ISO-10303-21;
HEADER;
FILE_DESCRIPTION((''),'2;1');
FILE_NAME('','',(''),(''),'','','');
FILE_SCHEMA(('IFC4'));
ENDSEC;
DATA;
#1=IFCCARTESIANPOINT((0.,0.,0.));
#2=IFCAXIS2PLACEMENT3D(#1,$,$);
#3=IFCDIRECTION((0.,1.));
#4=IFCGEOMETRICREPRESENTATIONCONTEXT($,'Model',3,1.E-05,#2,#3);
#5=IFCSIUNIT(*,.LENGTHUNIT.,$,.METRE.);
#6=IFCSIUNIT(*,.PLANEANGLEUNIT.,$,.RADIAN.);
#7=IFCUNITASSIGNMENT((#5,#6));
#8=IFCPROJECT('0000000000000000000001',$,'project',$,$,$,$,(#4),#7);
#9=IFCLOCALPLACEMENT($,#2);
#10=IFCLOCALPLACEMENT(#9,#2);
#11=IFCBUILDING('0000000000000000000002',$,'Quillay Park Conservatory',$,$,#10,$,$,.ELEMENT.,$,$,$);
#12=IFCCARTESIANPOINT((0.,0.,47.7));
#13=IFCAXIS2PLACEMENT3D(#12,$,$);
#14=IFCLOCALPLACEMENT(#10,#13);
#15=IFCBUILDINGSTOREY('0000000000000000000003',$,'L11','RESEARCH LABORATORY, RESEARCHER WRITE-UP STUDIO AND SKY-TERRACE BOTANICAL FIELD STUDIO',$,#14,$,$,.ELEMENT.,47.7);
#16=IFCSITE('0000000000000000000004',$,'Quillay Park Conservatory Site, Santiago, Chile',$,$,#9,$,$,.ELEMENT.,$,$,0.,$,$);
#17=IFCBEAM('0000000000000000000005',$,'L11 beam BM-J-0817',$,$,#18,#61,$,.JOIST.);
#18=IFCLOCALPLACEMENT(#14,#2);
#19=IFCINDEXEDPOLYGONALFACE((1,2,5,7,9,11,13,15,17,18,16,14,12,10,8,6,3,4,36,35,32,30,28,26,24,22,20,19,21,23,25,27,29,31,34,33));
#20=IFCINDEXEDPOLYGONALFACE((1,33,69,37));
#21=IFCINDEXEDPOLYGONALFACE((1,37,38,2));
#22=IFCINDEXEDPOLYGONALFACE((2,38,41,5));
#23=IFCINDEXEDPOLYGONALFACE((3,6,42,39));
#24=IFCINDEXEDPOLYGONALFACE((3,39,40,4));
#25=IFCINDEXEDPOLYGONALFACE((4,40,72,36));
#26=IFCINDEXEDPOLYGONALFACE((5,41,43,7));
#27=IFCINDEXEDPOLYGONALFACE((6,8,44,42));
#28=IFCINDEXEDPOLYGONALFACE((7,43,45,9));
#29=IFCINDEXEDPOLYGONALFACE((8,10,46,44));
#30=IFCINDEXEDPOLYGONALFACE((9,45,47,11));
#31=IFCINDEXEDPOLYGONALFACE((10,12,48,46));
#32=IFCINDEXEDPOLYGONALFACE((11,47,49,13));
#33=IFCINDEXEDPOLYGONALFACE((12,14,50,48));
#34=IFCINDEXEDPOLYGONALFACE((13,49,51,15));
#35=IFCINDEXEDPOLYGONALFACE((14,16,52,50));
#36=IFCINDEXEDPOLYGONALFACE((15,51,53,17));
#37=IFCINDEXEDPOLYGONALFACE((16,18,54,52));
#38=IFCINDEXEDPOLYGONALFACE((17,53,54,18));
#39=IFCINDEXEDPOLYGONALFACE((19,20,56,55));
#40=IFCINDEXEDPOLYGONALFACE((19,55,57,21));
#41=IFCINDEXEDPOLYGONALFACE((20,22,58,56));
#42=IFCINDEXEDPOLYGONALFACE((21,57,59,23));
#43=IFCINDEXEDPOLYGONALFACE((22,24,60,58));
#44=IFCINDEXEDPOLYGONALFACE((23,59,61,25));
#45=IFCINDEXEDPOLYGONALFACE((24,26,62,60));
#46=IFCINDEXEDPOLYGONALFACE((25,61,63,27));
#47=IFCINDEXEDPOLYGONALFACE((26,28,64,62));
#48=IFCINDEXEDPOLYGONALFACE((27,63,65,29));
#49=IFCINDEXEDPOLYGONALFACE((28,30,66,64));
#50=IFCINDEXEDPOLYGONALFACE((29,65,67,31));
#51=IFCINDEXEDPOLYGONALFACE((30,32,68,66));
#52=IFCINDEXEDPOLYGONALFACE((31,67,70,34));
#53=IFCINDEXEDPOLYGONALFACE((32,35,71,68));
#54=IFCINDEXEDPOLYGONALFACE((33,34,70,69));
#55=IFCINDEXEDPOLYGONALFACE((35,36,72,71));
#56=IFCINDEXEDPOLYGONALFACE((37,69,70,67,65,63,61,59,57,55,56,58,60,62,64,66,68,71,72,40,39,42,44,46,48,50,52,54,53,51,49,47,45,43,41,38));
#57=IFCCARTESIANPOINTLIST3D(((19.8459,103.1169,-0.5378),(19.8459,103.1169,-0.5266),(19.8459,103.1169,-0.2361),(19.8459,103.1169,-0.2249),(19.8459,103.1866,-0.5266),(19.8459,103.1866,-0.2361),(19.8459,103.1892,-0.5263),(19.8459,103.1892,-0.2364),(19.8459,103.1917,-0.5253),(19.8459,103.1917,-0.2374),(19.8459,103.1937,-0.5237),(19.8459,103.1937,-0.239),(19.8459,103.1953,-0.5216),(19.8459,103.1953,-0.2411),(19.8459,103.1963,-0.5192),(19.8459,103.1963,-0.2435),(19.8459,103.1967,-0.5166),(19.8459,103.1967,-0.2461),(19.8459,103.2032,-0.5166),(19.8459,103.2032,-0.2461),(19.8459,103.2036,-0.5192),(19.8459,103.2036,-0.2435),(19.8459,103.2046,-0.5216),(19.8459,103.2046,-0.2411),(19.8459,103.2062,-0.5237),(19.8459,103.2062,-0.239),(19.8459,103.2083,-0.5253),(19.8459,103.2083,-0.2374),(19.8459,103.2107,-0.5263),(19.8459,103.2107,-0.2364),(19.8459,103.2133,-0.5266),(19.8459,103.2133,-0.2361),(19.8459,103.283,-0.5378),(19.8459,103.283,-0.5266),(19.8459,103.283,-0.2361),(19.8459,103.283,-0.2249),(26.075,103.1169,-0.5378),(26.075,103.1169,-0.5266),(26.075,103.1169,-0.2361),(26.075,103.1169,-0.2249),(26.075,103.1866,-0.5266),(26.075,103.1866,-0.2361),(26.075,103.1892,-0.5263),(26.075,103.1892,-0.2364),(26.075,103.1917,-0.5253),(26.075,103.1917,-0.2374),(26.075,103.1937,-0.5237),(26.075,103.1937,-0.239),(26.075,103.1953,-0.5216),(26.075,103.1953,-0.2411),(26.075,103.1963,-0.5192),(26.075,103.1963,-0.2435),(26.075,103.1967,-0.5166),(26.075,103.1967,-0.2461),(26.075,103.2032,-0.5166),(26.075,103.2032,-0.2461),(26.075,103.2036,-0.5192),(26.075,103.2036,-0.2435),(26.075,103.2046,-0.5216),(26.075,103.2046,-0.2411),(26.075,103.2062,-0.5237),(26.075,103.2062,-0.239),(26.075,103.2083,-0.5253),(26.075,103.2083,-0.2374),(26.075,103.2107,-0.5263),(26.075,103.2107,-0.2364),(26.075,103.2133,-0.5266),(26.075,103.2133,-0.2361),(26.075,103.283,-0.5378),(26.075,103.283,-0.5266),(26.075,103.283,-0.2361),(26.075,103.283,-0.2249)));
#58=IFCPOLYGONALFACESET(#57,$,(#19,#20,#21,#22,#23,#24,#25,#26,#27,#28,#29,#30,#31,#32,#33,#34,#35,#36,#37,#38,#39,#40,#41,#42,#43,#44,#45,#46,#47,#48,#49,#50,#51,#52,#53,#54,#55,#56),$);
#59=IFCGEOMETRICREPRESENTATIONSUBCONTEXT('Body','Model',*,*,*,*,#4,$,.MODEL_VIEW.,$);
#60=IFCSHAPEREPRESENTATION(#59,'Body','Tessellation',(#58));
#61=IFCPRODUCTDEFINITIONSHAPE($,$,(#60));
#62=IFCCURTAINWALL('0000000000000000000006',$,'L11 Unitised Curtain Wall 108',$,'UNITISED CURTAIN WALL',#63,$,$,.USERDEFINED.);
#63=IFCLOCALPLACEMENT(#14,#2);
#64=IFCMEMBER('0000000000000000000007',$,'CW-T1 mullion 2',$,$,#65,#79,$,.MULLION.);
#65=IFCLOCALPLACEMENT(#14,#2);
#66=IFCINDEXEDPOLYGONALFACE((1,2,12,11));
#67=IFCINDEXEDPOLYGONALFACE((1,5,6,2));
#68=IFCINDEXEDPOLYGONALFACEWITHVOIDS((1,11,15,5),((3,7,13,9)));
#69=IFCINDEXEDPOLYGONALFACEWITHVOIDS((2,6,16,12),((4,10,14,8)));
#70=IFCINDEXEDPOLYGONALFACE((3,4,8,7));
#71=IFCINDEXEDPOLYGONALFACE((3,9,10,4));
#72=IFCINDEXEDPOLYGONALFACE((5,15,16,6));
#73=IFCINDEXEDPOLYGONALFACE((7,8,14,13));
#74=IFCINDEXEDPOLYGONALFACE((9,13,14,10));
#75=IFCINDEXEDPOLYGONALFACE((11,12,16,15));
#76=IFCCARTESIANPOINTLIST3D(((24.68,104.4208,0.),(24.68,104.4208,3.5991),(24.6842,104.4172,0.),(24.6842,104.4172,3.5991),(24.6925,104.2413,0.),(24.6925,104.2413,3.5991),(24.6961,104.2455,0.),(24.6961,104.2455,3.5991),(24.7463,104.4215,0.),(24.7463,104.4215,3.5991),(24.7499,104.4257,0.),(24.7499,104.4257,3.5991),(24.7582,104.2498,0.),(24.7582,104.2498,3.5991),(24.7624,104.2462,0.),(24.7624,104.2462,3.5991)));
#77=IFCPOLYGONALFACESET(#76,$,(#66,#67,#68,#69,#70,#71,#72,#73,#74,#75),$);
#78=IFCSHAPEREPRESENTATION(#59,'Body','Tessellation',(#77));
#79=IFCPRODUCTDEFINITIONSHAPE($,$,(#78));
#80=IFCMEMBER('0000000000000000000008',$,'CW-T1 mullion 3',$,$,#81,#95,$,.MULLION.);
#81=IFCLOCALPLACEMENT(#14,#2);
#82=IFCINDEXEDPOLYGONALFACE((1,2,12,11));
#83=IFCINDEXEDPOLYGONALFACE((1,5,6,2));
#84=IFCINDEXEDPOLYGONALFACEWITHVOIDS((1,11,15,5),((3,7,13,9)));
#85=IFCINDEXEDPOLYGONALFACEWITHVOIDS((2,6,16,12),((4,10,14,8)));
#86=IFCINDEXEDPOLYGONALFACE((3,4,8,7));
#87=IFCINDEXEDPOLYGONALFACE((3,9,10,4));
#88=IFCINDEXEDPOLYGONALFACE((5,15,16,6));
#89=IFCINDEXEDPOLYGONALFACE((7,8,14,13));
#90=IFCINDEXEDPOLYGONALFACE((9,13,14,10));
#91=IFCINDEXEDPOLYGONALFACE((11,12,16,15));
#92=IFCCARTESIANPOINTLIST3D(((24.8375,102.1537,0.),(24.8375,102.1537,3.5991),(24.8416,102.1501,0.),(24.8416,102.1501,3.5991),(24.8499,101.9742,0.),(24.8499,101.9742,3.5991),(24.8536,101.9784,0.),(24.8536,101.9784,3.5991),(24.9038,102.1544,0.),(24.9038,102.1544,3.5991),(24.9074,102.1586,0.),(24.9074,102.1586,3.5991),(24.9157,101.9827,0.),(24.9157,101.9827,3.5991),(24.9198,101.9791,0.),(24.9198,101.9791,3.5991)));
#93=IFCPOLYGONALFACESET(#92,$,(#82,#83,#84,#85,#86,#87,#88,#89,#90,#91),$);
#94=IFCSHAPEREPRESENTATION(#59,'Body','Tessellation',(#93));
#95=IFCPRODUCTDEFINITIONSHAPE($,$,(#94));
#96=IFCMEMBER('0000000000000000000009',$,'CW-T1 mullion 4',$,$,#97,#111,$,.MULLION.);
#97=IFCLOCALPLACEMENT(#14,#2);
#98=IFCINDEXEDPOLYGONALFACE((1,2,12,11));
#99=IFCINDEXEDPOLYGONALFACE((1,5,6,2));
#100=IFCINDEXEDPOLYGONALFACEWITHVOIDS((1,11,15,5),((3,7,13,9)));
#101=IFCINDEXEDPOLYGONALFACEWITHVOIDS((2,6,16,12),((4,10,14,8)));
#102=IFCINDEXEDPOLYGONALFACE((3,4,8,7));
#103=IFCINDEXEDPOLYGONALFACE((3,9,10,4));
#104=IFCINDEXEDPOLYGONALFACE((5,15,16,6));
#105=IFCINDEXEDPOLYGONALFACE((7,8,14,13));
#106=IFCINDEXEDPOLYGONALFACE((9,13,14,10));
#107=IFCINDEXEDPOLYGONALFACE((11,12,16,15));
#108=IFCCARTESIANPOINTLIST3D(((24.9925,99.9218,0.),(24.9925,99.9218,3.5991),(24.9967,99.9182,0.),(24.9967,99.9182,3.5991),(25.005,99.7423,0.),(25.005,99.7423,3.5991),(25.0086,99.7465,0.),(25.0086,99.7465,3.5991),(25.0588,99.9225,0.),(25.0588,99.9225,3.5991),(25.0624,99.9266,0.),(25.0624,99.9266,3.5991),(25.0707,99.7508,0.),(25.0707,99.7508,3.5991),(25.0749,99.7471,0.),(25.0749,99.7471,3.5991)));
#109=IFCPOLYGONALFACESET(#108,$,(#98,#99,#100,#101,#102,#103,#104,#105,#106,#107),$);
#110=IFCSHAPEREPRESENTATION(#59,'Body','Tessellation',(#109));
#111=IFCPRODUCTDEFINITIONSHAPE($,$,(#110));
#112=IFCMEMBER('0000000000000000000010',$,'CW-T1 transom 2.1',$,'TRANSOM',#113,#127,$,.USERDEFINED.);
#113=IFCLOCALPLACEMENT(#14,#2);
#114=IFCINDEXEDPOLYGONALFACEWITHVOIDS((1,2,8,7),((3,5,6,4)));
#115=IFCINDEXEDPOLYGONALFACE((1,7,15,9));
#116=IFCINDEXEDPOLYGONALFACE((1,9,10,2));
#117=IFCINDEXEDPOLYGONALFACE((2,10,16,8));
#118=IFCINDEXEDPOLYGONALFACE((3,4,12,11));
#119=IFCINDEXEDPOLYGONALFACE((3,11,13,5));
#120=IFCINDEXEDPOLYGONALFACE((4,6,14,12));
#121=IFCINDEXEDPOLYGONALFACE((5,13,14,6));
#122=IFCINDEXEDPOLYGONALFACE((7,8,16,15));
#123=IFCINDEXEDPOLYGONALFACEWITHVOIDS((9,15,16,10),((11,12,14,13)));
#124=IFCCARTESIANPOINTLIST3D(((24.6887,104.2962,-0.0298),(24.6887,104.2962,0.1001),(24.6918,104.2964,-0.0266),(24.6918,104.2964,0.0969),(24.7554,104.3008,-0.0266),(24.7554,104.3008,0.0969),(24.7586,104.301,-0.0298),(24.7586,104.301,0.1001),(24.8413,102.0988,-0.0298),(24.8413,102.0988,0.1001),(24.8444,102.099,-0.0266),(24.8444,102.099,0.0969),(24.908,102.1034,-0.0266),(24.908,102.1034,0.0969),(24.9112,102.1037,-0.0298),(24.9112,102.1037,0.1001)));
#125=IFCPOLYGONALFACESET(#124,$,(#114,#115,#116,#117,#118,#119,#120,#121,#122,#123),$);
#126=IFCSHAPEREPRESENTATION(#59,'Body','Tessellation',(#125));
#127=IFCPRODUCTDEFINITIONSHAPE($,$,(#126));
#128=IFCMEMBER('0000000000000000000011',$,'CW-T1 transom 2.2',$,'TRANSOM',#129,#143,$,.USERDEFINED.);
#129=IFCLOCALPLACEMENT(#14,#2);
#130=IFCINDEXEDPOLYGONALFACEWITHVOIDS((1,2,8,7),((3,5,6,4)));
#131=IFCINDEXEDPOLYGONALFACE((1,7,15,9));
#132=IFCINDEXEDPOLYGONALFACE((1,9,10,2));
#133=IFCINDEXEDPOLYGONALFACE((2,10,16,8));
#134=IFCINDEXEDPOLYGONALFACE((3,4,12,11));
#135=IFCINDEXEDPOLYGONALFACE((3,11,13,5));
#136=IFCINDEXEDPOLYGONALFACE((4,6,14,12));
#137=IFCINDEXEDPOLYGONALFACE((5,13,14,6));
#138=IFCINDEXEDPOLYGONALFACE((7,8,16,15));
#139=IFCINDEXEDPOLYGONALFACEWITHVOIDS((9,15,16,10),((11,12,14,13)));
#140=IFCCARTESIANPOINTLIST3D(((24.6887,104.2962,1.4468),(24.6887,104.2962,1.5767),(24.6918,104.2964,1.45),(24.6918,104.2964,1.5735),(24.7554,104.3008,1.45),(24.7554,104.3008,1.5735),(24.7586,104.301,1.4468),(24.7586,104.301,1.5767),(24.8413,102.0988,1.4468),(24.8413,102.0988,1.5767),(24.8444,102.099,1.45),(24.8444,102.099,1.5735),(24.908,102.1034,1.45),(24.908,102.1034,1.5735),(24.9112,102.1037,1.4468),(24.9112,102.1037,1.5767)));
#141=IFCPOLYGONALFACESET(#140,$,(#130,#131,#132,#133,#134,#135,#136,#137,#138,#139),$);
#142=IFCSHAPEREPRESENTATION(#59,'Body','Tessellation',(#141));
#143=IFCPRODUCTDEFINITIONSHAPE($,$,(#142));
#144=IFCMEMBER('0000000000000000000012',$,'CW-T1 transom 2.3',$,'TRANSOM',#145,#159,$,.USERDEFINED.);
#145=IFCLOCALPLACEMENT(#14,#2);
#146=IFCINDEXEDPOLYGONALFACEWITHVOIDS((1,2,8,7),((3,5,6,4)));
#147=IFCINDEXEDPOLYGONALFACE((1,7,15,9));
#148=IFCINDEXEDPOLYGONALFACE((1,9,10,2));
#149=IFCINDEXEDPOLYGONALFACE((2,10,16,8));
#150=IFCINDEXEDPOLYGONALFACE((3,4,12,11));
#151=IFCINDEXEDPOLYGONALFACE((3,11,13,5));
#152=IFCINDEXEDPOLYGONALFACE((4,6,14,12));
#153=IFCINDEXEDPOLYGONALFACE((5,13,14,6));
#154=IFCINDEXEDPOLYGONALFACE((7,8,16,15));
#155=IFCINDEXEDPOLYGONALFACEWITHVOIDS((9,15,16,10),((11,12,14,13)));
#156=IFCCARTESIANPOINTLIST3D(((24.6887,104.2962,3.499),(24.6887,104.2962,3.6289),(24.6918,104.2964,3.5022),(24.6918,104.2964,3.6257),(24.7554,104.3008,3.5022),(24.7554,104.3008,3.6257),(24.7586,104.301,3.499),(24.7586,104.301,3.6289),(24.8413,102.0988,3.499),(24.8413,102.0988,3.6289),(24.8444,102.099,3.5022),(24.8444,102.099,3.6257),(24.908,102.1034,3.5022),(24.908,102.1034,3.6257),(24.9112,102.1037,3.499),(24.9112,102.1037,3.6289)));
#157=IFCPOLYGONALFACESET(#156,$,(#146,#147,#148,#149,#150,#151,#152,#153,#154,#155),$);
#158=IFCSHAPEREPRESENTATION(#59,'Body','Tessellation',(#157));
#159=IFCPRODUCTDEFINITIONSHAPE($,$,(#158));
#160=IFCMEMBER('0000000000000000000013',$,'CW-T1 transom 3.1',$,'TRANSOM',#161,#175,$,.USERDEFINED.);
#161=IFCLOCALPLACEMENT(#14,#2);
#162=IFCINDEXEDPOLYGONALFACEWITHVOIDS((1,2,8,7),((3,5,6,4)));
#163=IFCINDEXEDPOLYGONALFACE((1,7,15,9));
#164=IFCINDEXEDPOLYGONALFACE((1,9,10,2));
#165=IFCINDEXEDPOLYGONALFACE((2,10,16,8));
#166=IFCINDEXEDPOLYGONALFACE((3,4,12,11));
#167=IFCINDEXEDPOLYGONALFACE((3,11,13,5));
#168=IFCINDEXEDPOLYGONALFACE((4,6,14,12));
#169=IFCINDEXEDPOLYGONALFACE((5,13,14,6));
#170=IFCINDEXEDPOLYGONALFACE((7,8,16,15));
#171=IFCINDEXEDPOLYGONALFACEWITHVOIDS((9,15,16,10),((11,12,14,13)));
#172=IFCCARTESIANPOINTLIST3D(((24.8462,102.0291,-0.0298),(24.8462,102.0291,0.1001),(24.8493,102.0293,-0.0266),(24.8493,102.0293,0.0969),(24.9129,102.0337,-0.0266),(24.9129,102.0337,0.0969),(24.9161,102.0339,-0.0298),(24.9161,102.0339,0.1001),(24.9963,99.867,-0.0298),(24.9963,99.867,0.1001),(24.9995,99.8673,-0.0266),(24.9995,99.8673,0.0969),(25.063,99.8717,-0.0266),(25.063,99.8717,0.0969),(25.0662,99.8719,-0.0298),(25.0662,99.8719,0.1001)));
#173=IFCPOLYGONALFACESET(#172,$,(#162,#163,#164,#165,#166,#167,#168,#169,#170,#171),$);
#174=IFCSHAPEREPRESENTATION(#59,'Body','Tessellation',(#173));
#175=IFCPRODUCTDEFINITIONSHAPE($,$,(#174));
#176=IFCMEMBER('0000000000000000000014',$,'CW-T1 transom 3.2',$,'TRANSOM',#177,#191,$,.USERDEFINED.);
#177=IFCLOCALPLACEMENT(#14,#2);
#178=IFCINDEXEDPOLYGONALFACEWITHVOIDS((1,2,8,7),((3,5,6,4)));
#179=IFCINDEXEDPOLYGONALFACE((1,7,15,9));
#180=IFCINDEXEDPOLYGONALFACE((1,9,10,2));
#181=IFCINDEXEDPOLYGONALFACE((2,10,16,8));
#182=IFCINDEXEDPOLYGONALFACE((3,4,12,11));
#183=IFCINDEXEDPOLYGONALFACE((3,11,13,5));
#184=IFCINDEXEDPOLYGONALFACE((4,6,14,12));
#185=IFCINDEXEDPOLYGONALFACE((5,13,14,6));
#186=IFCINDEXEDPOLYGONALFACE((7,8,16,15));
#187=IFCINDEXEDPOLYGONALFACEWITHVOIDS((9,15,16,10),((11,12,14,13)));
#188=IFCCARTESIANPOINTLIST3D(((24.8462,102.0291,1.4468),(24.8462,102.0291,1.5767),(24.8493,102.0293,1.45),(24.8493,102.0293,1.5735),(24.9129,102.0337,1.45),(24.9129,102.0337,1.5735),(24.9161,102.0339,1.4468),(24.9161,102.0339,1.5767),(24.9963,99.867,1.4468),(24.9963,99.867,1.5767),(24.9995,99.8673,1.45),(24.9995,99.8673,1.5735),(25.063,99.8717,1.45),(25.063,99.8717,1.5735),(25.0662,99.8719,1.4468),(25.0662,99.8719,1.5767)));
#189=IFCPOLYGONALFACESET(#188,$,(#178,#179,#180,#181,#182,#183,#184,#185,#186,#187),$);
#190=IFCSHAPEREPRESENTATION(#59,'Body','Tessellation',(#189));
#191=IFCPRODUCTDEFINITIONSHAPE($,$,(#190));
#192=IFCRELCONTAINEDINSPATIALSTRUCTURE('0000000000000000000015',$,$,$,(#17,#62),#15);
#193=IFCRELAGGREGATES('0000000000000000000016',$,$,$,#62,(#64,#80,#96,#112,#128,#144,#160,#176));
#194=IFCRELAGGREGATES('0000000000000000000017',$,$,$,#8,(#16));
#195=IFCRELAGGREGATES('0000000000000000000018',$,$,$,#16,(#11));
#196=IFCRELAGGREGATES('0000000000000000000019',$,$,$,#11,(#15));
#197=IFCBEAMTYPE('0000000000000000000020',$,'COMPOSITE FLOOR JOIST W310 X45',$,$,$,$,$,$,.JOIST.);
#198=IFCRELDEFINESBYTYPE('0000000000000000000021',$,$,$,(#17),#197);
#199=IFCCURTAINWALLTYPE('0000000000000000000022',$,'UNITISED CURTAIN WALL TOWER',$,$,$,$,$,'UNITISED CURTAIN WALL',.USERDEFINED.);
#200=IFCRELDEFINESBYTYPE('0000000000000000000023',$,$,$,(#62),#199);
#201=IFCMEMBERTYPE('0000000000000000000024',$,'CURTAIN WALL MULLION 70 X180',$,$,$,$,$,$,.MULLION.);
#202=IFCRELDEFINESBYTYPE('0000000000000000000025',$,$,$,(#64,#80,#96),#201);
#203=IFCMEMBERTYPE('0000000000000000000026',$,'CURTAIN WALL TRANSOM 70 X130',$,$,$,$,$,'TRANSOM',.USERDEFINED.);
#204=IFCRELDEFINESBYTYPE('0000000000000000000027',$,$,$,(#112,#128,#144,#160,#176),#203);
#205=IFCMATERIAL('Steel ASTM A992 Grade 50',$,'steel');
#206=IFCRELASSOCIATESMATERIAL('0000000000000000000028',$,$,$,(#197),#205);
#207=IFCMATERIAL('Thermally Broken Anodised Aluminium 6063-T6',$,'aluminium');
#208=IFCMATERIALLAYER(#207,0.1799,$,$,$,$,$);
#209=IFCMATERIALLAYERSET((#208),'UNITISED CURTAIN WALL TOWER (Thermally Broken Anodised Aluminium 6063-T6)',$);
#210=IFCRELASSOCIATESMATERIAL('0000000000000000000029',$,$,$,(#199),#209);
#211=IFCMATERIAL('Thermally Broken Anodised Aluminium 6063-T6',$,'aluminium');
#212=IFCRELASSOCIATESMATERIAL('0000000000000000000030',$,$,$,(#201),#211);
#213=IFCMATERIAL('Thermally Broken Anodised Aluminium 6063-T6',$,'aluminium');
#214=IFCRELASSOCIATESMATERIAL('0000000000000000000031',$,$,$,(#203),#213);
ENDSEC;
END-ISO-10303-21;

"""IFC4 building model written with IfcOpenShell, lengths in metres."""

from ifc_helpers import new_model, si_unit, direction, frame, origin, origin_2d, place, context, subcontext, project, spatial, hollow_rectangle, i_section, extrude, material, layer, layer_set, material_profile, profile_set, type_object, element, aggregate, save


model = new_model("IFC4")

# Units and contexts
model_context = context("Model", 3, precision=1e-05, world=origin(), true_north=direction((0.0, 1.0)))
body_context = subcontext(model_context, "Body", "Model", "MODEL_VIEW")
ifc_project = project(units=[si_unit("LENGTHUNIT", "METRE"), si_unit("PLANEANGLEUNIT", "RADIAN")], contexts=[model_context])

# Site, building, storey
site_placement = place(None, origin())
site = spatial("IfcSite", under=ifc_project, at=site_placement, Name="Quillay Park Conservatory Site, Santiago, Chile", CompositionType="ELEMENT", RefElevation=0.0)
building_placement = place(site_placement, origin())
building = spatial("IfcBuilding", under=site, at=building_placement, Name="Quillay Park Conservatory", CompositionType="ELEMENT")
storey_placement = place(building_placement, frame((0.0, 0.0, 47.7)))
storey = spatial("IfcBuildingStorey", under=building, at=storey_placement, Name="L11", Description="RESEARCH LABORATORY, RESEARCHER WRITE-UP STUDIO AND SKY-TERRACE BOTANICAL FIELD STUDIO", CompositionType="ELEMENT", Elevation=47.7)

# Beam
ifc_material_1 = material(Name="Steel ASTM A992 Grade 50", Category="steel")
ifc_material_profile_1 = material_profile(ifc_material_1, i_section(OverallWidth=0.166, OverallDepth=0.313, WebThickness=0.0066, FlangeThickness=0.0112, FilletRadius=0.01, at=origin_2d()), Name="W310x45")
ifc_profile_set_1 = profile_set([ifc_material_profile_1], Name="Steel ASTM A992 Grade 50")
beam_type_1 = type_object("IfcBeamType", Name="COMPOSITE FLOOR JOIST W310 X45", PredefinedType="JOIST", material=ifc_profile_set_1)
beam_1_placement = place(storey_placement, frame((19.8459, 103.2, -0.3813), z_axis=(1.0, 0.0, 0.0), x_axis=(0.0, 1.0, 0.0)))
element("IfcBeam", 1, at=beam_1_placement, inside=storey, type_object=beam_type_1, Name="L11 beam BM-J-0817", PredefinedType="JOIST", context=body_context, shape_type="SweptSolid", body=[
    extrude(i_section(OverallWidth=0.166, OverallDepth=0.313, WebThickness=0.0066, FlangeThickness=0.0112, FilletRadius=0.01, at=origin_2d()), origin(), (0.0, 0.0, 1.0), 6.229),
])

# Curtain wall, members
ifc_material_2 = material(Name="Thermally Broken Anodised Aluminium 6063-T6", Category="aluminium")
ifc_layer_1 = layer(ifc_material_2, 0.1799)
ifc_layer_set_1 = layer_set([ifc_layer_1], Name="UNITISED CURTAIN WALL TOWER (Thermally Broken Anodised Aluminium 6063-T6)")
curtain_wall_type = type_object("IfcCurtainWallType", Name="UNITISED CURTAIN WALL TOWER", ElementType="UNITISED CURTAIN WALL", PredefinedType="USERDEFINED", material=ifc_layer_set_1)
curtain_wall_placement = place(storey_placement, origin())
curtain_wall = element("IfcCurtainWall", 2, at=curtain_wall_placement, inside=storey, type_object=curtain_wall_type, Name="L11 Unitised Curtain Wall 108", ObjectType="UNITISED CURTAIN WALL", PredefinedType="USERDEFINED")
ifc_material_3 = material(Name="Thermally Broken Anodised Aluminium 6063-T6", Category="aluminium")
ifc_material_profile_2 = material_profile(ifc_material_3, hollow_rectangle(XDim=0.0701, YDim=0.1799, WallThickness=0.0039, at=origin_2d()), Name="AL70x180x4")
ifc_profile_set_2 = profile_set([ifc_material_profile_2], Name="Thermally Broken Anodised Aluminium 6063-T6")
member_type_1 = type_object("IfcMemberType", Name="CURTAIN WALL MULLION 70 X180", PredefinedType="MULLION", material=ifc_profile_set_2)
member_1_placement = place(storey_placement, frame((24.7212, 104.3335, 0.0), z_axis=(0.0, 0.0, 1.0), x_axis=(0.997598, 0.069264, 0.0)))
member_1 = element("IfcMember", 3, at=member_1_placement, type_object=member_type_1, Name="CW-T1 mullion 2", PredefinedType="MULLION", context=body_context, shape_type="SweptSolid", body=[
    extrude(hollow_rectangle(XDim=0.0701, YDim=0.1799, WallThickness=0.0039, at=origin_2d()), origin(), (0.0, 0.0, 1.0), 3.5991),
])
member_2_placement = place(storey_placement, frame((24.8787, 102.0664, 0.0), z_axis=(0.0, 0.0, 1.0), x_axis=(0.997598, 0.069264, 0.0)))
member_2 = element("IfcMember", 4, at=member_2_placement, type_object=member_type_1, Name="CW-T1 mullion 3", PredefinedType="MULLION", context=body_context, shape_type="SweptSolid", body=[
    extrude(hollow_rectangle(XDim=0.0701, YDim=0.1799, WallThickness=0.0039, at=origin_2d()), origin(), (0.0, 0.0, 1.0), 3.5991),
])
member_3_placement = place(storey_placement, frame((25.0337, 99.8345, 0.0), z_axis=(0.0, 0.0, 1.0), x_axis=(0.997598, 0.069264, 0.0)))
member_3 = element("IfcMember", 5, at=member_3_placement, type_object=member_type_1, Name="CW-T1 mullion 4", PredefinedType="MULLION", context=body_context, shape_type="SweptSolid", body=[
    extrude(hollow_rectangle(XDim=0.0701, YDim=0.1799, WallThickness=0.0039, at=origin_2d()), origin(), (0.0, 0.0, 1.0), 3.5991),
])
ifc_material_4 = material(Name="Thermally Broken Anodised Aluminium 6063-T6", Category="aluminium")
ifc_material_profile_3 = material_profile(ifc_material_4, hollow_rectangle(XDim=0.0701, YDim=0.1299, WallThickness=0.0032, at=origin_2d()), Name="AL70x130x3.2")
ifc_profile_set_3 = profile_set([ifc_material_profile_3], Name="Thermally Broken Anodised Aluminium 6063-T6")
member_type_2 = type_object("IfcMemberType", Name="CURTAIN WALL TRANSOM 70 X130", ElementType="TRANSOM", PredefinedType="USERDEFINED", material=ifc_profile_set_3)
member_4_placement = place(storey_placement, frame((24.7236, 104.2986, 0.0352), z_axis=(0.069278, -0.997597, 0.0), x_axis=(0.997597, 0.069278, 0.0)))
member_4 = element("IfcMember", 6, at=member_4_placement, type_object=member_type_2, Name="CW-T1 transom 2.1", ObjectType="TRANSOM", PredefinedType="USERDEFINED", context=body_context, shape_type="SweptSolid", body=[
    extrude(hollow_rectangle(XDim=0.0701, YDim=0.1299, WallThickness=0.0032, at=origin_2d()), origin(), (0.0, 0.0, 1.0), 2.2026),
])
member_5_placement = place(storey_placement, frame((24.7236, 104.2986, 1.5117), z_axis=(0.069278, -0.997597, 0.0), x_axis=(0.997597, 0.069278, 0.0)))
member_5 = element("IfcMember", 7, at=member_5_placement, type_object=member_type_2, Name="CW-T1 transom 2.2", ObjectType="TRANSOM", PredefinedType="USERDEFINED", context=body_context, shape_type="SweptSolid", body=[
    extrude(hollow_rectangle(XDim=0.0701, YDim=0.1299, WallThickness=0.0032, at=origin_2d()), origin(), (0.0, 0.0, 1.0), 2.2026),
])
member_6_placement = place(storey_placement, frame((24.7236, 104.2986, 3.564), z_axis=(0.069278, -0.997597, 0.0), x_axis=(0.997597, 0.069278, 0.0)))
member_6 = element("IfcMember", 8, at=member_6_placement, type_object=member_type_2, Name="CW-T1 transom 2.3", ObjectType="TRANSOM", PredefinedType="USERDEFINED", context=body_context, shape_type="SweptSolid", body=[
    extrude(hollow_rectangle(XDim=0.0701, YDim=0.1299, WallThickness=0.0032, at=origin_2d()), origin(), (0.0, 0.0, 1.0), 2.2026),
])
member_7_placement = place(storey_placement, frame((24.8811, 102.0315, 0.0352), z_axis=(0.069278, -0.997597, 0.0), x_axis=(0.997597, 0.069278, 0.0)))
member_7 = element("IfcMember", 9, at=member_7_placement, type_object=member_type_2, Name="CW-T1 transom 3.1", ObjectType="TRANSOM", PredefinedType="USERDEFINED", context=body_context, shape_type="SweptSolid", body=[
    extrude(hollow_rectangle(XDim=0.0701, YDim=0.1299, WallThickness=0.0032, at=origin_2d()), origin(), (0.0, 0.0, 1.0), 2.1672),
])
member_8_placement = place(storey_placement, frame((24.8811, 102.0315, 1.5117), z_axis=(0.069278, -0.997597, 0.0), x_axis=(0.997597, 0.069278, 0.0)))
member_8 = element("IfcMember", 10, at=member_8_placement, type_object=member_type_2, Name="CW-T1 transom 3.2", ObjectType="TRANSOM", PredefinedType="USERDEFINED", context=body_context, shape_type="SweptSolid", body=[
    extrude(hollow_rectangle(XDim=0.0701, YDim=0.1299, WallThickness=0.0032, at=origin_2d()), origin(), (0.0, 0.0, 1.0), 2.1672),
])

aggregate(curtain_wall, [member_1, member_2, member_3, member_4, member_5, member_6, member_7, member_8])

save(model, "model.ifc")
